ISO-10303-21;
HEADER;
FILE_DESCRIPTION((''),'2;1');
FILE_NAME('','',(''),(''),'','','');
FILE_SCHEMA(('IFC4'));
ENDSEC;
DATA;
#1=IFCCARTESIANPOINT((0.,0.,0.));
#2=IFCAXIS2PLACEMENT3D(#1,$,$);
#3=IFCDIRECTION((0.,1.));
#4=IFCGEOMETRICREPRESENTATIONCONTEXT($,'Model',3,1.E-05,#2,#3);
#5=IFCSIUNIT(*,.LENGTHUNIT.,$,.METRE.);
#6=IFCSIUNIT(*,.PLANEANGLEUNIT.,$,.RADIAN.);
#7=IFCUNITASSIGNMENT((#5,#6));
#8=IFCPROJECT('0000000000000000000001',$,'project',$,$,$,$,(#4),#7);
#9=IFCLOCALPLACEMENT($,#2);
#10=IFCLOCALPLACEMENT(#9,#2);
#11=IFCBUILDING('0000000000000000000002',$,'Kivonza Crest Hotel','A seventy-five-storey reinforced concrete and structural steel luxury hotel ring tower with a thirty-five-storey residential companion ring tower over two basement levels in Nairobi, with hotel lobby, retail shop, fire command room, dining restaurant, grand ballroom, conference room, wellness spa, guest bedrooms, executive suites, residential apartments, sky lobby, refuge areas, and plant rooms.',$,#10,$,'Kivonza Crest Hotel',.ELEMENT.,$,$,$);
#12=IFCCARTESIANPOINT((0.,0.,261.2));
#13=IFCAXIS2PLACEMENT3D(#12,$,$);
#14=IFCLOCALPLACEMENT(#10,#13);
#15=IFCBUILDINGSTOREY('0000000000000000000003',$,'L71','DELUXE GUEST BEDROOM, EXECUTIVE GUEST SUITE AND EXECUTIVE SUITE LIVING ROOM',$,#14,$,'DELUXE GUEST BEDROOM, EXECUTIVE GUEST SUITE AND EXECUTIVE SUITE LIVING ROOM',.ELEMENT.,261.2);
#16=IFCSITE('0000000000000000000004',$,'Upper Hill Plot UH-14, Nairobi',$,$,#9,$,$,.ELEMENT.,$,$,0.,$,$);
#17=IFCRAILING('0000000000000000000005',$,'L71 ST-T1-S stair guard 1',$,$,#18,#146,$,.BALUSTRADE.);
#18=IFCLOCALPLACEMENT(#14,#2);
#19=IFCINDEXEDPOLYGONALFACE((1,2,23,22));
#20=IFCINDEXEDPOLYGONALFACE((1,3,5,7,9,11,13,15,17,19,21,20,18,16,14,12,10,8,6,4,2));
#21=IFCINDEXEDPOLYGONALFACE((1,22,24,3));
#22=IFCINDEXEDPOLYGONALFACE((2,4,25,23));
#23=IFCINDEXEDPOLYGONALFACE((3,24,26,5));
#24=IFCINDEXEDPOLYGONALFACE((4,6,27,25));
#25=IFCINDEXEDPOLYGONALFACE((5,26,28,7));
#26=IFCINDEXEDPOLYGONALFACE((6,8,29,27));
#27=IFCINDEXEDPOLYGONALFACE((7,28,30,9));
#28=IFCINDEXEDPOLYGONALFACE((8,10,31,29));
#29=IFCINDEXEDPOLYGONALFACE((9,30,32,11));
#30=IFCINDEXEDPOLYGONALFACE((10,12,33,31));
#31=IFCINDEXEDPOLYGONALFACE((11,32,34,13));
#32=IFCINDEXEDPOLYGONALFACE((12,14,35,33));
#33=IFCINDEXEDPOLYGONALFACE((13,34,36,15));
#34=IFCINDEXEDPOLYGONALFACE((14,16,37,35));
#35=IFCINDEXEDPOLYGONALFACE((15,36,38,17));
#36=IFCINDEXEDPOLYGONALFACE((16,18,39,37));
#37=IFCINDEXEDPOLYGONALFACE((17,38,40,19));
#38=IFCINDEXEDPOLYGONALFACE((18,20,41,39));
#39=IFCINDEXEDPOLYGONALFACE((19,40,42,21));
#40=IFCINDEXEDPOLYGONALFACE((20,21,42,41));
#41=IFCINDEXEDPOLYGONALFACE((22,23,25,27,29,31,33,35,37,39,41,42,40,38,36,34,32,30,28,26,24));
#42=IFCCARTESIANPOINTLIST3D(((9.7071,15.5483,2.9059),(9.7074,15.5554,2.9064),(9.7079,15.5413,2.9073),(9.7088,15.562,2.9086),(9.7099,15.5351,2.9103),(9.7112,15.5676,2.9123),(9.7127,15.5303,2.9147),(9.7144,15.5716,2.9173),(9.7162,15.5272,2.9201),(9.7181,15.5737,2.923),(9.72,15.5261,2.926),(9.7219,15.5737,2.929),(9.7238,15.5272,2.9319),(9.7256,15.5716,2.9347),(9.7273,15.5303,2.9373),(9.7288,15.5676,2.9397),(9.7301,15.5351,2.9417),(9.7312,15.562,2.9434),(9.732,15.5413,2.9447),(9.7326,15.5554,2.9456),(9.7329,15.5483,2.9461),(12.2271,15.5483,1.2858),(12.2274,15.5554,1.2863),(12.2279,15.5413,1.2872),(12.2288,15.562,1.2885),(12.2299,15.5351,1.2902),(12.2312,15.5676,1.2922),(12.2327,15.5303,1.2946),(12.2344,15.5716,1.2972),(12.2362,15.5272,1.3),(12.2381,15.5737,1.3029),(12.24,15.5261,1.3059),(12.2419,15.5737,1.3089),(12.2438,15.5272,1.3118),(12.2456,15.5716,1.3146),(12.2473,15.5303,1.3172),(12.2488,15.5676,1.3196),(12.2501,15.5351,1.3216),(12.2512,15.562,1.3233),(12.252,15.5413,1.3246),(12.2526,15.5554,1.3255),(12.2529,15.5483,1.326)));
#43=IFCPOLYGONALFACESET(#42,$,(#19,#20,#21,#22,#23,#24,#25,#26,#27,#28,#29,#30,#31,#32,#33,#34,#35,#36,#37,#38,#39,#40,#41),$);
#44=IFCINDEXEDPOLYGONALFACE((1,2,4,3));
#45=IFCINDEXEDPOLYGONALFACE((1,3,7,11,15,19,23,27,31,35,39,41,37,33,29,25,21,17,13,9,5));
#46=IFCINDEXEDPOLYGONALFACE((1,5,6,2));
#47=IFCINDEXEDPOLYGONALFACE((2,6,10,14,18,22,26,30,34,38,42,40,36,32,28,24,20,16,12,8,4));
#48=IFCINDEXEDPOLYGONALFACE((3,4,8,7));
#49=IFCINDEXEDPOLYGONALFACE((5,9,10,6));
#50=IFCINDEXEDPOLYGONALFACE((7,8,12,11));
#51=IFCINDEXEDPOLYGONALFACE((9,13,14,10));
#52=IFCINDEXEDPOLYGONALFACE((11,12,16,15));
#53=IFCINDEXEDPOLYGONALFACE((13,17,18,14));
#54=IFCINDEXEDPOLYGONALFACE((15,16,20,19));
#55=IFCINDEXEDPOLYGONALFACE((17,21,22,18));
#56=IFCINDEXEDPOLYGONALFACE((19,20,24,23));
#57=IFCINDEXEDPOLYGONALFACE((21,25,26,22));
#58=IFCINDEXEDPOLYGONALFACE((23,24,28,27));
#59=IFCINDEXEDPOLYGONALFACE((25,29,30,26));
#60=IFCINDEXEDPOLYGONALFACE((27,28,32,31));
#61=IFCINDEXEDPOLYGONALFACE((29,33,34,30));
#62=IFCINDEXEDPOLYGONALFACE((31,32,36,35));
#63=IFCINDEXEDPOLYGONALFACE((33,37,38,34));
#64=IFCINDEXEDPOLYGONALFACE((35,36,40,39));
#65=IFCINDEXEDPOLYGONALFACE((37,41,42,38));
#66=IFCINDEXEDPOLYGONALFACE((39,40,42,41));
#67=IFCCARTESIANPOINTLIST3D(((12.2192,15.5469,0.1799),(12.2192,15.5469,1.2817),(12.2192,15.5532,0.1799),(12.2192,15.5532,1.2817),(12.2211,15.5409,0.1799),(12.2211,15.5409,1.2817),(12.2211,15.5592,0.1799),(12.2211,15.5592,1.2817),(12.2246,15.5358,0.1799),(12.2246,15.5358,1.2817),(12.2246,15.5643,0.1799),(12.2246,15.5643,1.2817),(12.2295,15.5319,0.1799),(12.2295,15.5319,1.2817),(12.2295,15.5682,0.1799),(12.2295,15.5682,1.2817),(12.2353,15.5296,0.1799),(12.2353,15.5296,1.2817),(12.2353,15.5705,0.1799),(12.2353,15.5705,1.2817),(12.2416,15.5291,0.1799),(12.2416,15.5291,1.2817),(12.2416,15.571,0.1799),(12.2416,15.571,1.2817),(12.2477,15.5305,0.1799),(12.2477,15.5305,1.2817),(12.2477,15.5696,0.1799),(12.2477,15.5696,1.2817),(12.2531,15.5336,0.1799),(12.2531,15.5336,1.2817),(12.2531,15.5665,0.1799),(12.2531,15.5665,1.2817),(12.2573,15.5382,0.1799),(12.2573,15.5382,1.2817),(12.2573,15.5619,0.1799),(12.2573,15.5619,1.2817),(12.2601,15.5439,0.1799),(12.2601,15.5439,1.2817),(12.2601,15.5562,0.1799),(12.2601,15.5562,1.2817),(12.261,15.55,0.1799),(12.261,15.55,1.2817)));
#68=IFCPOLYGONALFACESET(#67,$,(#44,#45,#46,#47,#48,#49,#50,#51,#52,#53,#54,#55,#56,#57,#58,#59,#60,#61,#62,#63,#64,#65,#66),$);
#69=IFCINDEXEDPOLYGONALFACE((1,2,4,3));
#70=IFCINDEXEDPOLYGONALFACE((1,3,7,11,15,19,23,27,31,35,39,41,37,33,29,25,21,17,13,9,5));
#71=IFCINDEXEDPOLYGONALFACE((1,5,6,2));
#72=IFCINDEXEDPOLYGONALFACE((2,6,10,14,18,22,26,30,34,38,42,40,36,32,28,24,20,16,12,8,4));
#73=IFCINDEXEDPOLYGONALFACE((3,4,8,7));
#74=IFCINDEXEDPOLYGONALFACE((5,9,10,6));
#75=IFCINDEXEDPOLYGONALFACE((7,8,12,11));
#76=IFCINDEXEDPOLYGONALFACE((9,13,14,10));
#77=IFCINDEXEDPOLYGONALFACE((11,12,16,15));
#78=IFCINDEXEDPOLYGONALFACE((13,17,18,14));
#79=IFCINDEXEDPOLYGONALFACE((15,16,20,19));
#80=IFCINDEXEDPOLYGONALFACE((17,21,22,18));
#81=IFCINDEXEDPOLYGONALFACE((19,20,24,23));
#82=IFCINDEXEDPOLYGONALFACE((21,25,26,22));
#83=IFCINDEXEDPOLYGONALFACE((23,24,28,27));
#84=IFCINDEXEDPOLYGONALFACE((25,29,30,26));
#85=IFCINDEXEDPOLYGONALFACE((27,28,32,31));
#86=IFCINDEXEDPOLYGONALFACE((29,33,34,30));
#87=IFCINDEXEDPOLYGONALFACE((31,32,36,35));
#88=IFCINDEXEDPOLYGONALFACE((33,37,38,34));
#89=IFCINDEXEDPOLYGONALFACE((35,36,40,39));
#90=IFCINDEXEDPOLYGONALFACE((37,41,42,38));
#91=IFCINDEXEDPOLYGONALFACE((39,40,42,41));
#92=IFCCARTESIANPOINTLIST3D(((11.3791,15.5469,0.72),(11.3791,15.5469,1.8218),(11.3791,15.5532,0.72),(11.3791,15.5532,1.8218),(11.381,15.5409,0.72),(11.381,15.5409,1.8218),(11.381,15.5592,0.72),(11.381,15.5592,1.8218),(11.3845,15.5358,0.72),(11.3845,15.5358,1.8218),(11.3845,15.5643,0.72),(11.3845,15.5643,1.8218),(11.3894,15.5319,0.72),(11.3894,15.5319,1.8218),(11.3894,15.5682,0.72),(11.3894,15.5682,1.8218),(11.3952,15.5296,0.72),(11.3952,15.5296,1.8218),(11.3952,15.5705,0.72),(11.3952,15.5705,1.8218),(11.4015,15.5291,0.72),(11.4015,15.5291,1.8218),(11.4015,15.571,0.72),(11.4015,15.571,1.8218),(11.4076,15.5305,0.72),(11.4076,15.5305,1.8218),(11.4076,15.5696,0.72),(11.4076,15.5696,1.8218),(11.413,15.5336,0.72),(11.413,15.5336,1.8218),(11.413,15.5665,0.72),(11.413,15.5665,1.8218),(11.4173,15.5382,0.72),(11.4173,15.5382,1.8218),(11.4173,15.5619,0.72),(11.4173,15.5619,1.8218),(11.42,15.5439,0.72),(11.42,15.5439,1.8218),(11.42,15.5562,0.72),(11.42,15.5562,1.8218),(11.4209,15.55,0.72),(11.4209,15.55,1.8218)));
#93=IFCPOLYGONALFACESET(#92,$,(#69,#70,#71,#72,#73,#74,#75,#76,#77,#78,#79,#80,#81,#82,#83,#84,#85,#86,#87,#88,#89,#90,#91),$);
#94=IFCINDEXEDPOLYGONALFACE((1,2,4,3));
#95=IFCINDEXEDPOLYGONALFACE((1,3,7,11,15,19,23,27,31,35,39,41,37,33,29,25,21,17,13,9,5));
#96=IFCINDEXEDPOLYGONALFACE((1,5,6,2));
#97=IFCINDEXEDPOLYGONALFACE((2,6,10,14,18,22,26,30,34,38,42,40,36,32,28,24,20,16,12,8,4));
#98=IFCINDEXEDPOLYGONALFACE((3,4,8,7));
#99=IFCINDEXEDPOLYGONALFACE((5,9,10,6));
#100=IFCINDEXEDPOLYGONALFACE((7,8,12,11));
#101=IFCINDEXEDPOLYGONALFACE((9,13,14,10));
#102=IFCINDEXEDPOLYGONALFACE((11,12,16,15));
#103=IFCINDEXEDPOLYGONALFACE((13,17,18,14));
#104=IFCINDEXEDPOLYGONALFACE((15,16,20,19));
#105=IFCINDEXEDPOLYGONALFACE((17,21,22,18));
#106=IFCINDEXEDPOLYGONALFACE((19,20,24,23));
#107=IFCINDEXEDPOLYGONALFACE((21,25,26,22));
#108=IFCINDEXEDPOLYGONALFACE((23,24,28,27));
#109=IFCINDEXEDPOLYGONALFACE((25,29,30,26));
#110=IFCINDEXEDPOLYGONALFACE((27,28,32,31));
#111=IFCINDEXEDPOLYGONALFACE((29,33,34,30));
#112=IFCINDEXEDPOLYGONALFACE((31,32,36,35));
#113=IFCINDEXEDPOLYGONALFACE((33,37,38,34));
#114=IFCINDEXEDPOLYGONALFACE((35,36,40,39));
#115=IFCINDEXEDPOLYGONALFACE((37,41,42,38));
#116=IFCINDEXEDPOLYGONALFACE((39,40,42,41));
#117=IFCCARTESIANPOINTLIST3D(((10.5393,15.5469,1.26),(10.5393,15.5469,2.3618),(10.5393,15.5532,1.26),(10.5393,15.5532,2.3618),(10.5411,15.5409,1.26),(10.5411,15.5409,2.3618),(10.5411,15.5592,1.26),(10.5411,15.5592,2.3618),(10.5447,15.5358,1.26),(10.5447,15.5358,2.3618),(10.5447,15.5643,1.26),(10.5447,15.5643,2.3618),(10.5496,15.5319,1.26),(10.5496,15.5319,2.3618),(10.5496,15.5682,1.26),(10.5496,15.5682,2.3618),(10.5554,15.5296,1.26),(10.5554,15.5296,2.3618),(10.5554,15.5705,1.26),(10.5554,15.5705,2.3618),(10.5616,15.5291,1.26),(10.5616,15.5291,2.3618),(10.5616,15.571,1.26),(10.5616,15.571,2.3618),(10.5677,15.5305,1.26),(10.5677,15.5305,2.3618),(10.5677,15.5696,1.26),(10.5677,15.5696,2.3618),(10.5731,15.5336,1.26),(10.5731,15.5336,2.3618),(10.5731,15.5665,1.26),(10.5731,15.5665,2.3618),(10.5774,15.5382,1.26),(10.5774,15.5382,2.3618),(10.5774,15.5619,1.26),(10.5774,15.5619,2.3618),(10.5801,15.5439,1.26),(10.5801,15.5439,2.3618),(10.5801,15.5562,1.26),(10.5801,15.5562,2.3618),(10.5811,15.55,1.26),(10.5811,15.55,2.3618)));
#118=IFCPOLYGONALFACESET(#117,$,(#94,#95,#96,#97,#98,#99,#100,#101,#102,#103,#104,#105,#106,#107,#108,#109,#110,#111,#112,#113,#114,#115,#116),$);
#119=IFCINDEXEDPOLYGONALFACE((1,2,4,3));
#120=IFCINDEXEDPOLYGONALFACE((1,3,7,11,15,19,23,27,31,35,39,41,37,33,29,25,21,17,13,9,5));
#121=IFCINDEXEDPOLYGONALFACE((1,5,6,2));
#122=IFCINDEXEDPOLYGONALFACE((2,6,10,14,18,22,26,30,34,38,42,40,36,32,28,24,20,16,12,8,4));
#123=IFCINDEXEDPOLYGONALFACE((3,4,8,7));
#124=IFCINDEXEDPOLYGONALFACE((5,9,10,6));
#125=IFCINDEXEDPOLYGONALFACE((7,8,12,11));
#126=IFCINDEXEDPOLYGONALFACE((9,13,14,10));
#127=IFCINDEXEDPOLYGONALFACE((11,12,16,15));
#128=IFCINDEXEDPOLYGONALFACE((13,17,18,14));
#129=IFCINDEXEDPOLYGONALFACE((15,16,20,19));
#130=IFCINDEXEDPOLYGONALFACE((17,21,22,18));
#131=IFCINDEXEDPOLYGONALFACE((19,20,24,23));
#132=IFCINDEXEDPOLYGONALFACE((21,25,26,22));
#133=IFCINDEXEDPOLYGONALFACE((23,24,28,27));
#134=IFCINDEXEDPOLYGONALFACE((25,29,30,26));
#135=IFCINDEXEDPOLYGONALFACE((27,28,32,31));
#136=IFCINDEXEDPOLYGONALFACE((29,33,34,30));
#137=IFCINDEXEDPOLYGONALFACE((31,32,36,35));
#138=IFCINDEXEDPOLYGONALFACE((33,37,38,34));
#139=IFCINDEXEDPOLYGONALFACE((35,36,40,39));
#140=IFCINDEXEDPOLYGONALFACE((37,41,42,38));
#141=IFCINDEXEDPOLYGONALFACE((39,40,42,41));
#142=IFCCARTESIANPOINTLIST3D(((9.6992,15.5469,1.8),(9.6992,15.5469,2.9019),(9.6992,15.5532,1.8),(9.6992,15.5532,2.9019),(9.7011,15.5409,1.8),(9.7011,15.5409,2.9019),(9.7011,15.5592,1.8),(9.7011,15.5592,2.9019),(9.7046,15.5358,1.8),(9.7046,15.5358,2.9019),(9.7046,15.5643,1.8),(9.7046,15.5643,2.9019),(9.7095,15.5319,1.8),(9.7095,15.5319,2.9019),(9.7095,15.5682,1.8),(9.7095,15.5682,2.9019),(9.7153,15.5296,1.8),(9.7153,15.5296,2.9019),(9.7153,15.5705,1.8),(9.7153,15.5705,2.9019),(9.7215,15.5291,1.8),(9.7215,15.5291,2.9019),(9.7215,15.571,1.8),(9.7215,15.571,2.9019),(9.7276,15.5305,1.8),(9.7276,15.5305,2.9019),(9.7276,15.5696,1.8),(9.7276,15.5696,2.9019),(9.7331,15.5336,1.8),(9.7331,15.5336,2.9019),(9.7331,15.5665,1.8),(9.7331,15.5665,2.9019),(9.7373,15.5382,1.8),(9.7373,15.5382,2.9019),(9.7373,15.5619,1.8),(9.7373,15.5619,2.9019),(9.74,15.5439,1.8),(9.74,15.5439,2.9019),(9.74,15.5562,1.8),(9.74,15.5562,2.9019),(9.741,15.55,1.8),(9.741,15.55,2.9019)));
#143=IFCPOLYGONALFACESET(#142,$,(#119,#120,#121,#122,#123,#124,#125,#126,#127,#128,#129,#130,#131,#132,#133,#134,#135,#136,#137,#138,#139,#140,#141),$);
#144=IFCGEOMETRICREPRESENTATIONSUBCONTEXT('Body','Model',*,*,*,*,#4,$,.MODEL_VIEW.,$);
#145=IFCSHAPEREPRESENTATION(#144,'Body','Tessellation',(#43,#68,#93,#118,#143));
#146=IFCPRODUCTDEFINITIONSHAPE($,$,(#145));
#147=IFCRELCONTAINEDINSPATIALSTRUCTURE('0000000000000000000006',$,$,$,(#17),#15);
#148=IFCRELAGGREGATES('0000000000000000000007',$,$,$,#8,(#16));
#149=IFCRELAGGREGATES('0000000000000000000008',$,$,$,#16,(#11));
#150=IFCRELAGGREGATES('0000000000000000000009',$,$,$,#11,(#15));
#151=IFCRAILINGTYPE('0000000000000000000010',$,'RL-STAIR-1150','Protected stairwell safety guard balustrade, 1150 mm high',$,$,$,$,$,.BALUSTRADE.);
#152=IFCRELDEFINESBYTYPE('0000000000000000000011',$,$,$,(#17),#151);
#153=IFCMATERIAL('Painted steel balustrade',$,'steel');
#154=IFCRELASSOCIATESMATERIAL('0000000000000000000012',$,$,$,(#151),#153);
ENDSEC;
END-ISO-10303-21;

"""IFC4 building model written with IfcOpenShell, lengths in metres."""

from ifc_helpers import new_model, si_unit, direction, frame, origin, origin_2d, place, context, subcontext, project, spatial, circle, extrude, material, type_object, element, save


model = new_model("IFC4")

# Units and contexts
model_context = context("Model", 3, precision=1e-05, world=origin(), true_north=direction((0.0, 1.0)))
body_context = subcontext(model_context, "Body", "Model", "MODEL_VIEW")
ifc_project = project(units=[si_unit("LENGTHUNIT", "METRE"), si_unit("PLANEANGLEUNIT", "RADIAN")], contexts=[model_context])

# Site, building, storey
site_placement = place(None, origin())
site = spatial("IfcSite", under=ifc_project, at=site_placement, Name="Upper Hill Plot UH-14, Nairobi", CompositionType="ELEMENT", RefElevation=0.0)
building_placement = place(site_placement, origin())
building = spatial("IfcBuilding", under=site, at=building_placement, Name="Kivonza Crest Hotel", Description="A seventy-five-storey reinforced concrete and structural steel luxury hotel ring tower with a thirty-five-storey residential companion ring tower over two basement levels in Nairobi, with hotel lobby, retail shop, fire command room, dining restaurant, grand ballroom, conference room, wellness spa, guest bedrooms, executive suites, residential apartments, sky lobby, refuge areas, and plant rooms.", LongName="Kivonza Crest Hotel", CompositionType="ELEMENT")
storey_placement = place(building_placement, frame((0.0, 0.0, 261.2)))
storey = spatial("IfcBuildingStorey", under=building, at=storey_placement, Name="L71", Description="DELUXE GUEST BEDROOM, EXECUTIVE GUEST SUITE AND EXECUTIVE SUITE LIVING ROOM", LongName="DELUXE GUEST BEDROOM, EXECUTIVE GUEST SUITE AND EXECUTIVE SUITE LIVING ROOM", CompositionType="ELEMENT", Elevation=261.2)

# Railing
ifc_material_1 = material(Name="Painted steel balustrade", Category="steel")
railing_type_1 = type_object("IfcRailingType", Name="RL-STAIR-1150", Description="Protected stairwell safety guard balustrade, 1150 mm high", PredefinedType="BALUSTRADE", material=ifc_material_1)
railing_1_placement = place(storey_placement, frame((12.24, 15.55, 0.1799)))
element("IfcRailing", 1, at=railing_1_placement, inside=storey, type_object=railing_type_1, Name="L71 ST-T1-S stair guard 1", PredefinedType="BALUSTRADE", context=body_context, shape_type="SweptSolid", body=[
    extrude(circle(Radius=0.0239, at=origin_2d()), frame((0.0, 0.0, 1.126), z_axis=(-0.841163, 0.0, 0.540782), x_axis=(0.0, -1.0, 0.0)), (0.0, 0.0, 1.0), 2.9958),
    extrude(circle(Radius=0.021, at=origin_2d()), origin(), (0.0, 0.0, 1.0), 1.1018),
    extrude(circle(Radius=0.021, at=origin_2d()), frame((-0.8401, 0.0, 0.54)), (0.0, 0.0, 1.0), 1.1018),
    extrude(circle(Radius=0.021, at=origin_2d()), frame((-1.6799, 0.0, 1.0801)), (0.0, 0.0, 1.0), 1.1018),
    extrude(circle(Radius=0.021, at=origin_2d()), frame((-2.52, 0.0, 1.6201)), (0.0, 0.0, 1.0), 1.1018),
])

save(model, "model.ifc")
